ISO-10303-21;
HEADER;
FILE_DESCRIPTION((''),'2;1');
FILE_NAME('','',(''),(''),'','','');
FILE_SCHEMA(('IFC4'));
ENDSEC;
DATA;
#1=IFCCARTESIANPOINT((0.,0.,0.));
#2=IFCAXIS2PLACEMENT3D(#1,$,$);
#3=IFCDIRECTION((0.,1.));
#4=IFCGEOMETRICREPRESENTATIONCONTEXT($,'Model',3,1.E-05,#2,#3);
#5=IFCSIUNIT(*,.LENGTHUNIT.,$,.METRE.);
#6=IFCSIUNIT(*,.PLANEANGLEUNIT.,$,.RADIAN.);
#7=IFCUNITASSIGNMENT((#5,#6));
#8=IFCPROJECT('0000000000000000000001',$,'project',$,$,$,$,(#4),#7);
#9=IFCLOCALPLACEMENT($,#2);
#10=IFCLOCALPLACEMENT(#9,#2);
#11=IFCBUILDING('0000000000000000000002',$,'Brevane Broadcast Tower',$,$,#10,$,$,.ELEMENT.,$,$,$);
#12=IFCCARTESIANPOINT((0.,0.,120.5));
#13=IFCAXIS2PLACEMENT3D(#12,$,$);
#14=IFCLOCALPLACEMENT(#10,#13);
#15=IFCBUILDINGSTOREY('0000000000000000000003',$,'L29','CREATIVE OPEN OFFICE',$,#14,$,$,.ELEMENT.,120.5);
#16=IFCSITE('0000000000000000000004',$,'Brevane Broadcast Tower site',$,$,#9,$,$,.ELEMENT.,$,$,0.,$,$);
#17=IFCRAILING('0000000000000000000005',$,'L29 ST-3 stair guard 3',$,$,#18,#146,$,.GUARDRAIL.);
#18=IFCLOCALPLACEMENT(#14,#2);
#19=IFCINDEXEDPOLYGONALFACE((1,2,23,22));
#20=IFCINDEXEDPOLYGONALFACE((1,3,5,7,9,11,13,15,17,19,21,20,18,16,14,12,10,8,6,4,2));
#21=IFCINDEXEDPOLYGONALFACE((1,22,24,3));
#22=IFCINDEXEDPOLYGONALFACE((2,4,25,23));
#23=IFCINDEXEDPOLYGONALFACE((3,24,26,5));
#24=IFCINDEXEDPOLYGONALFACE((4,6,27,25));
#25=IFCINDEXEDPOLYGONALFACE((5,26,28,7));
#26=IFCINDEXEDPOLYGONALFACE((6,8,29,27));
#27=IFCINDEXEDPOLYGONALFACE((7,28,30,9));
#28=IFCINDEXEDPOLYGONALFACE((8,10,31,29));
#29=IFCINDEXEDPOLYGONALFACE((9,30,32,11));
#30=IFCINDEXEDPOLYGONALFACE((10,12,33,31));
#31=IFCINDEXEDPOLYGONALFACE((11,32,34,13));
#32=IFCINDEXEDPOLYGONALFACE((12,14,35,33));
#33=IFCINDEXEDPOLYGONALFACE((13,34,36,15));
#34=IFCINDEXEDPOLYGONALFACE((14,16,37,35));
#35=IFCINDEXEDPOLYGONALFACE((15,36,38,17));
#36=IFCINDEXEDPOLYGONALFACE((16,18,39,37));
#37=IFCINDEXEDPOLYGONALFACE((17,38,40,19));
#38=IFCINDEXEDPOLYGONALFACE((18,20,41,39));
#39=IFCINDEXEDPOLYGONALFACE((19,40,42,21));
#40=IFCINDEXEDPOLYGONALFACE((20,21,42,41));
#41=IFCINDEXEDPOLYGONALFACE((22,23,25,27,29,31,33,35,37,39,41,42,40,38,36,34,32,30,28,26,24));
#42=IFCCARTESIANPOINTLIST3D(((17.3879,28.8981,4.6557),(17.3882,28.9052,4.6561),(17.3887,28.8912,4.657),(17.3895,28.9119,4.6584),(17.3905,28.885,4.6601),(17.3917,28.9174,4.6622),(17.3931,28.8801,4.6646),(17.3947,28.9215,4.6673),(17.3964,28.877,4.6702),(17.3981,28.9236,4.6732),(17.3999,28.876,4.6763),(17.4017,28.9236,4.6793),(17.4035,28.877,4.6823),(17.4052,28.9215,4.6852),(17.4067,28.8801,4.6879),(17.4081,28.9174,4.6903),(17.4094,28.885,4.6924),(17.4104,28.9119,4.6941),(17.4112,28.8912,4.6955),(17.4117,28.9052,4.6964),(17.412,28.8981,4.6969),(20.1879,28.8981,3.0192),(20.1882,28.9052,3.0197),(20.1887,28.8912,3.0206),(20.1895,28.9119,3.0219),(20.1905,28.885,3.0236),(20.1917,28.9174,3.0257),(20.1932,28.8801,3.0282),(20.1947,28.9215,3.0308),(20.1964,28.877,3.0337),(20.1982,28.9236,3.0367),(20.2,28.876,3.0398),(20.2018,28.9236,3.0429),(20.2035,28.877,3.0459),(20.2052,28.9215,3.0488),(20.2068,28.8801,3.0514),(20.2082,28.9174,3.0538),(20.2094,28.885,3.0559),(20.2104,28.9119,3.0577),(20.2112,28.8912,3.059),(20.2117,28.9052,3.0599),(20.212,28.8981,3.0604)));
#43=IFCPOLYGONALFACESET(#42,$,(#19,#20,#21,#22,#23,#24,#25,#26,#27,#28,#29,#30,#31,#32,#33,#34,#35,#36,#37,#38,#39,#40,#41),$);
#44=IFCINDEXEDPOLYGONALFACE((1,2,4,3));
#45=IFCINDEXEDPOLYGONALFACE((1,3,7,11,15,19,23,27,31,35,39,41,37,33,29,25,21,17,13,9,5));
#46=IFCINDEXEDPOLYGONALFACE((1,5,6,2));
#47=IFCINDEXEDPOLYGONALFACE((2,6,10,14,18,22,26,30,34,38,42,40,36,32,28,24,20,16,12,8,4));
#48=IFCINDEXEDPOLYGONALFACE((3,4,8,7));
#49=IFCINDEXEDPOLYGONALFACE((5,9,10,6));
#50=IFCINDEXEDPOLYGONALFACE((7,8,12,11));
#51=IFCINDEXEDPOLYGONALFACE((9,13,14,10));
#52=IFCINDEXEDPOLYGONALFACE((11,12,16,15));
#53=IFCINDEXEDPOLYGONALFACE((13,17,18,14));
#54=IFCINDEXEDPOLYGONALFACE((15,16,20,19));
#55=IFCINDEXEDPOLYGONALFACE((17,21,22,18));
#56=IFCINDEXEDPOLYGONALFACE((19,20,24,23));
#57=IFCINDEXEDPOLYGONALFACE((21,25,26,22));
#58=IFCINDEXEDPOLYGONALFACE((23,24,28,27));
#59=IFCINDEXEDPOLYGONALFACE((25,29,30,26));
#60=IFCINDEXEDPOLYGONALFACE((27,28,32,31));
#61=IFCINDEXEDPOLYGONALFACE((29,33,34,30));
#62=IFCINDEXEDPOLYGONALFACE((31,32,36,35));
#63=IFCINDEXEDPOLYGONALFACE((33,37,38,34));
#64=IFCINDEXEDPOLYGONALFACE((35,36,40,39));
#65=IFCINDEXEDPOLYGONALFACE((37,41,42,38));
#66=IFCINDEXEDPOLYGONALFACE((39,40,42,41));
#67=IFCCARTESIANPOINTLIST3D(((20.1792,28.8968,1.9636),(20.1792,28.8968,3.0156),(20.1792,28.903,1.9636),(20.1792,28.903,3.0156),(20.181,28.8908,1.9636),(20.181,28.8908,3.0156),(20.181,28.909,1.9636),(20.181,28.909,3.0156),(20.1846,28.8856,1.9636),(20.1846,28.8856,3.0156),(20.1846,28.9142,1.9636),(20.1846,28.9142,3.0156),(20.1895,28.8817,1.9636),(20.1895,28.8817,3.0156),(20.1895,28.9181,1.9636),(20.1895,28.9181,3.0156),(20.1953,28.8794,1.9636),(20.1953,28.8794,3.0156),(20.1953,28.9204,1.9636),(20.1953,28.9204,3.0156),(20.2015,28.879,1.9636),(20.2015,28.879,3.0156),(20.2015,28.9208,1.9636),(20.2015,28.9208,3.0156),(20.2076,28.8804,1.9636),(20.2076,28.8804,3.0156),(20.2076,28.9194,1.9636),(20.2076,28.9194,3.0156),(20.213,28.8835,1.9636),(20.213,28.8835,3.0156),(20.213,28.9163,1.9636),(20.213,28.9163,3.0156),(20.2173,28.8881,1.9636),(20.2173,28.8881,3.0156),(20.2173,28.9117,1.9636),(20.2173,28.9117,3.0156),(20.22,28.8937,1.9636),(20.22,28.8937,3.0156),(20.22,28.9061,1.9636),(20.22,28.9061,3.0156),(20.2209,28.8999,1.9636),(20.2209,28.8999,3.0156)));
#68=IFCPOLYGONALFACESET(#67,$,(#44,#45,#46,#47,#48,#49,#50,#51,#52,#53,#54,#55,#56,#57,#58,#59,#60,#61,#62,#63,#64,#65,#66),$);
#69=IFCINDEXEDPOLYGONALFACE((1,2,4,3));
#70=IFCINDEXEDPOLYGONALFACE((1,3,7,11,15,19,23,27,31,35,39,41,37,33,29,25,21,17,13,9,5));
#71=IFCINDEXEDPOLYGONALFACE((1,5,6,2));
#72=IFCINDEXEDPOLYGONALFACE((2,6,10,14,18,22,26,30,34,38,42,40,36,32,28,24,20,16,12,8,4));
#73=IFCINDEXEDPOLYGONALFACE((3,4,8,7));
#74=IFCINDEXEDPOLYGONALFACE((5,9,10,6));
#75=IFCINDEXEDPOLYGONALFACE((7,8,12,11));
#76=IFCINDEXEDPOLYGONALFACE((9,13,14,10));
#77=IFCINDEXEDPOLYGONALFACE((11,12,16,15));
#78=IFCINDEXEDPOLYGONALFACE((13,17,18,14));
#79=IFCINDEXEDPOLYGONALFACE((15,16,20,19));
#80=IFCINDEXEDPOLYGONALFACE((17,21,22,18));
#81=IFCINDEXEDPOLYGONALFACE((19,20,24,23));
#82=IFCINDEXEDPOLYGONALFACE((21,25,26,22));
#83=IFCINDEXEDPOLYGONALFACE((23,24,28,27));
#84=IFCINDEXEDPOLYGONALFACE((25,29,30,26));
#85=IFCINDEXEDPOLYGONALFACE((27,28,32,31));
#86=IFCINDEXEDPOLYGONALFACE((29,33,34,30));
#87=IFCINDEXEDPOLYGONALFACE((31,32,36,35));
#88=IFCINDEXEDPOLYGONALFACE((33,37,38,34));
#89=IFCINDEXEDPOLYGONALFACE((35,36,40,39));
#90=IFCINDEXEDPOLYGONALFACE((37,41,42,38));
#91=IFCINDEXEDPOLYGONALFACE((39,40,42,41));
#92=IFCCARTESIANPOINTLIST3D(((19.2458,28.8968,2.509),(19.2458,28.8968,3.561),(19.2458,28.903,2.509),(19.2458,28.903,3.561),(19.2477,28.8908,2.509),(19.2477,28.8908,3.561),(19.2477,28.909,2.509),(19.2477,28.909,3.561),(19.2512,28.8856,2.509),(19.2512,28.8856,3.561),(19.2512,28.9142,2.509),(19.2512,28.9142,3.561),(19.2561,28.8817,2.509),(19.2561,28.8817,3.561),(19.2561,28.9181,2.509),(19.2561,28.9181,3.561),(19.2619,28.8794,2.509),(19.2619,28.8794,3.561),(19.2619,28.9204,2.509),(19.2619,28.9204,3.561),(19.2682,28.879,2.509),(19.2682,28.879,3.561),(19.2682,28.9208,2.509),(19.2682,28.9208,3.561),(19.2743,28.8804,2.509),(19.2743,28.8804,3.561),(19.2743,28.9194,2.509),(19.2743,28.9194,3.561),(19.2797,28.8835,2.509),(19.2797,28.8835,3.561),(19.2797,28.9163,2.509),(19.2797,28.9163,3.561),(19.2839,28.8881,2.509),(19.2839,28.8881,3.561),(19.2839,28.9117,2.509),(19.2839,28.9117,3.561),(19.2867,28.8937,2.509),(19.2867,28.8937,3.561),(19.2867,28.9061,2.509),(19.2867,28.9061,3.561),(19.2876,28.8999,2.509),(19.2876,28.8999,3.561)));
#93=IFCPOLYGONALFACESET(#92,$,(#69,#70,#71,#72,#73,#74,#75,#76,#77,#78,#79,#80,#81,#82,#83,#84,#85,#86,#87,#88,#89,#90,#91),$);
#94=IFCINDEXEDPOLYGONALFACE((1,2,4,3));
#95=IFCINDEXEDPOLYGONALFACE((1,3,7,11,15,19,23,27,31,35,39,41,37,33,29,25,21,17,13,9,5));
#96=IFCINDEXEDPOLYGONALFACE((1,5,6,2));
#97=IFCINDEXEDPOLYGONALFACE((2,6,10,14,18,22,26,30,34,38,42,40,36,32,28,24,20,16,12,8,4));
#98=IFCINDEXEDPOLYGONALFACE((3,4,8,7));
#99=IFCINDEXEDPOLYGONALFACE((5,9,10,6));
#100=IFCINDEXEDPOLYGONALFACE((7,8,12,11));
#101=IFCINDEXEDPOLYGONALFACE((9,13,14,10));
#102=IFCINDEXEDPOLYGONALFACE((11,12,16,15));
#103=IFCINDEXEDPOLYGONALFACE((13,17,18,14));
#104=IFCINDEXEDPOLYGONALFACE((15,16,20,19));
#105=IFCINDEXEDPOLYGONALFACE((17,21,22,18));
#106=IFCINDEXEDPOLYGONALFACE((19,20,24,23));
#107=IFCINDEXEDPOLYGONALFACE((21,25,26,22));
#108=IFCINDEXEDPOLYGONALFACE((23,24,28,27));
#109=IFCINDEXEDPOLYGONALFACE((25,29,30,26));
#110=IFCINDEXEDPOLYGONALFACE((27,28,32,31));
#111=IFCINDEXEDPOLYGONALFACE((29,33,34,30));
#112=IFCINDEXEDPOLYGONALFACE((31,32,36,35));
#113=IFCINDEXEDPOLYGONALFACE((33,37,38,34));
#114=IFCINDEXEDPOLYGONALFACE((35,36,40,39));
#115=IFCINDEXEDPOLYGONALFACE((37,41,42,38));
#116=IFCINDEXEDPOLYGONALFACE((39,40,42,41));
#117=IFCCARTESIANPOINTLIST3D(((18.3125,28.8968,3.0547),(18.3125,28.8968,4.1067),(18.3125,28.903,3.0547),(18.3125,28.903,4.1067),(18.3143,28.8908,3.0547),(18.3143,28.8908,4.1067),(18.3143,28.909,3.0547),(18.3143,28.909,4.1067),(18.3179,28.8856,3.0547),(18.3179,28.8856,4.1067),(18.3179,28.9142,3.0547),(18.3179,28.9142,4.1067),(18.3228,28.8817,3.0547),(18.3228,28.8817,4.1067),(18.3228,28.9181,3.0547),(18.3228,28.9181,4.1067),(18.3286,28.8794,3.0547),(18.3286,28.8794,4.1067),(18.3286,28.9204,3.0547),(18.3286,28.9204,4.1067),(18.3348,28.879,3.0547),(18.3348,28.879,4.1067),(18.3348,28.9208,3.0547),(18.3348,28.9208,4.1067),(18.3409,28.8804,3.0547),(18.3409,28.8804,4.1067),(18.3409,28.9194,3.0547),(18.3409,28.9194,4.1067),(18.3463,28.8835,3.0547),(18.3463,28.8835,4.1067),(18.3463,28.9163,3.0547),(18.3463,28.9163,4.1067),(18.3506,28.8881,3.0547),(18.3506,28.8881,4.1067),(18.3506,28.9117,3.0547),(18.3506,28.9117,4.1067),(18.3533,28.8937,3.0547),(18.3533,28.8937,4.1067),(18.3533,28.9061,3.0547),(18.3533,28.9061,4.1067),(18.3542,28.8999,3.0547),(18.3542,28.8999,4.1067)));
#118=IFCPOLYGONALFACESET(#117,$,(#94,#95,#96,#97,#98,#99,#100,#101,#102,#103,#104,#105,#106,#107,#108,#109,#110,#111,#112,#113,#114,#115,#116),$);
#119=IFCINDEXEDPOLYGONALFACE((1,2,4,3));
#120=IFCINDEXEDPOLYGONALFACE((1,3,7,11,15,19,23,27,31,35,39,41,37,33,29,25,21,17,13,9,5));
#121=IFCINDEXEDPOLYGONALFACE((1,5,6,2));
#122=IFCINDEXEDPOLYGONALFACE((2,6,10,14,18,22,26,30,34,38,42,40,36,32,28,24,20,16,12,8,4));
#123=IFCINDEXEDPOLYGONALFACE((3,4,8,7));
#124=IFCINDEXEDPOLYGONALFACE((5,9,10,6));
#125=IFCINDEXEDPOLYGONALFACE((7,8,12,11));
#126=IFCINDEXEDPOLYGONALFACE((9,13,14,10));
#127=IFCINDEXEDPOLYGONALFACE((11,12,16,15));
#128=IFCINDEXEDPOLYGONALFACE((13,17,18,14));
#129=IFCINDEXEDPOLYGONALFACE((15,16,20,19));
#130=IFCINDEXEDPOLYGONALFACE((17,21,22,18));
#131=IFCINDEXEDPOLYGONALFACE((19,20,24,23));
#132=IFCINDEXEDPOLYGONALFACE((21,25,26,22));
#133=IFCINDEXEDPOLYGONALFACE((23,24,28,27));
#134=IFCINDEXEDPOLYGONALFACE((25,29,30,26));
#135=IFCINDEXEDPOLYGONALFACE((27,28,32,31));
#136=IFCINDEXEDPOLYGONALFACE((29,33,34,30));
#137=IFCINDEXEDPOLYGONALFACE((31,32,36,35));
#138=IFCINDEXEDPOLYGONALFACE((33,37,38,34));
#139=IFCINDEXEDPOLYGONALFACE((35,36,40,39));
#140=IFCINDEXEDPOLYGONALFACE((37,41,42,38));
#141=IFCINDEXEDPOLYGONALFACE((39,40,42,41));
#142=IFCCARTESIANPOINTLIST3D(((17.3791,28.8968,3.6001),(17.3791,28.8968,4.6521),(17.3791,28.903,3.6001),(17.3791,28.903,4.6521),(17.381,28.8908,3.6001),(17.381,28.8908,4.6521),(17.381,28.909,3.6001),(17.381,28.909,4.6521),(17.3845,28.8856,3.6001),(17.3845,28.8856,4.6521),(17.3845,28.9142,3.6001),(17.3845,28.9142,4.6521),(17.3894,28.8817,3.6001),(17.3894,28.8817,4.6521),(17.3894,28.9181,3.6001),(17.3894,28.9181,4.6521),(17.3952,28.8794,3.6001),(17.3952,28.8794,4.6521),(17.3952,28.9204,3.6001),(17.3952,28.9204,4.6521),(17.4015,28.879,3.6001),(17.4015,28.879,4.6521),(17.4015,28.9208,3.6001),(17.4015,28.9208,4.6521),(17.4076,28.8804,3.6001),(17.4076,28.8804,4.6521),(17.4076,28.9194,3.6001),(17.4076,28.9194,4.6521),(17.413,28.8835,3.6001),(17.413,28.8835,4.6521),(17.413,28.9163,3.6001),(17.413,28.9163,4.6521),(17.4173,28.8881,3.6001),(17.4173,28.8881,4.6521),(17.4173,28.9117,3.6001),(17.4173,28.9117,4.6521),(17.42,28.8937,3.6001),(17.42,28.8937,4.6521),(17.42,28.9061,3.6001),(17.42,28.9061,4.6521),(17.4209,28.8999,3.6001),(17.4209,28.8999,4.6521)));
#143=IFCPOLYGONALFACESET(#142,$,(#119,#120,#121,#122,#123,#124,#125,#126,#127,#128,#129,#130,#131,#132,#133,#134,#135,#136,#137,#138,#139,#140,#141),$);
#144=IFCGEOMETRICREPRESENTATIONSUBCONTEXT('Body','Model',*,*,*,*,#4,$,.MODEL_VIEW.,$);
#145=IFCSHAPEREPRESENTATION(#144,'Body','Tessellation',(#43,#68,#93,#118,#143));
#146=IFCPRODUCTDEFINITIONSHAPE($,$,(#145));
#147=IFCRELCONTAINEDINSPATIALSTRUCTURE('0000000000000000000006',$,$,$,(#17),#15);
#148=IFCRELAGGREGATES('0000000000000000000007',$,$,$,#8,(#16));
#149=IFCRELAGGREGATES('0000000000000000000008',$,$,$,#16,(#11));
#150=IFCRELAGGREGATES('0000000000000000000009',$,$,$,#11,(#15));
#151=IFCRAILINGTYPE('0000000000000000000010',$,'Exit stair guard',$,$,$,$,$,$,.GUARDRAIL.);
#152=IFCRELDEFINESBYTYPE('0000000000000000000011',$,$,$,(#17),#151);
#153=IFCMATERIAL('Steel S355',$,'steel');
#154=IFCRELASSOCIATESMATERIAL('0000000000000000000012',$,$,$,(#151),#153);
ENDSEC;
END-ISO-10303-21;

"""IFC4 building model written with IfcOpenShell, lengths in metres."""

from ifc_helpers import new_model, si_unit, direction, frame, origin, origin_2d, place, context, subcontext, project, spatial, circle, extrude, material, type_object, element, save


model = new_model("IFC4")

# Units and contexts
model_context = context("Model", 3, precision=1e-05, world=origin(), true_north=direction((0.0, 1.0)))
body_context = subcontext(model_context, "Body", "Model", "MODEL_VIEW")
ifc_project = project(units=[si_unit("LENGTHUNIT", "METRE"), si_unit("PLANEANGLEUNIT", "RADIAN")], contexts=[model_context])

# Site, building, storey
site_placement = place(None, origin())
site = spatial("IfcSite", under=ifc_project, at=site_placement, Name="Brevane Broadcast Tower site", CompositionType="ELEMENT", RefElevation=0.0)
building_placement = place(site_placement, origin())
building = spatial("IfcBuilding", under=site, at=building_placement, Name="Brevane Broadcast Tower", CompositionType="ELEMENT")
storey_placement = place(building_placement, frame((0.0, 0.0, 120.5)))
storey = spatial("IfcBuildingStorey", under=building, at=storey_placement, Name="L29", Description="CREATIVE OPEN OFFICE", CompositionType="ELEMENT", Elevation=120.5)

# Railing
ifc_material_1 = material(Name="Steel S355", Category="steel")
railing_type_1 = type_object("IfcRailingType", Name="Exit stair guard", PredefinedType="GUARDRAIL", material=ifc_material_1)
railing_1_placement = place(storey_placement, frame((20.2, 28.8999, 1.9636)))
element("IfcRailing", 1, at=railing_1_placement, inside=storey, type_object=railing_type_1, Name="L29 ST-3 stair guard 3", PredefinedType="GUARDRAIL", context=body_context, shape_type="SweptSolid", body=[
    extrude(circle(Radius=0.0239, at=origin_2d()), frame((0.0, 0.0, 1.0762), z_axis=(-0.863361, 0.0, 0.504587), x_axis=(0.0, -1.0, 0.0)), (0.0, 0.0, 1.0), 3.2432),
    extrude(circle(Radius=0.021, at=origin_2d()), origin(), (0.0, 0.0, 1.0), 1.052),
    extrude(circle(Radius=0.021, at=origin_2d()), frame((-0.9333, 0.0, 0.5454)), (0.0, 0.0, 1.0), 1.052),
    extrude(circle(Radius=0.021, at=origin_2d()), frame((-1.8667, 0.0, 1.0911)), (0.0, 0.0, 1.0), 1.052),
    extrude(circle(Radius=0.021, at=origin_2d()), frame((-2.8, 0.0, 1.6365)), (0.0, 0.0, 1.0), 1.052),
])

save(model, "model.ifc")
